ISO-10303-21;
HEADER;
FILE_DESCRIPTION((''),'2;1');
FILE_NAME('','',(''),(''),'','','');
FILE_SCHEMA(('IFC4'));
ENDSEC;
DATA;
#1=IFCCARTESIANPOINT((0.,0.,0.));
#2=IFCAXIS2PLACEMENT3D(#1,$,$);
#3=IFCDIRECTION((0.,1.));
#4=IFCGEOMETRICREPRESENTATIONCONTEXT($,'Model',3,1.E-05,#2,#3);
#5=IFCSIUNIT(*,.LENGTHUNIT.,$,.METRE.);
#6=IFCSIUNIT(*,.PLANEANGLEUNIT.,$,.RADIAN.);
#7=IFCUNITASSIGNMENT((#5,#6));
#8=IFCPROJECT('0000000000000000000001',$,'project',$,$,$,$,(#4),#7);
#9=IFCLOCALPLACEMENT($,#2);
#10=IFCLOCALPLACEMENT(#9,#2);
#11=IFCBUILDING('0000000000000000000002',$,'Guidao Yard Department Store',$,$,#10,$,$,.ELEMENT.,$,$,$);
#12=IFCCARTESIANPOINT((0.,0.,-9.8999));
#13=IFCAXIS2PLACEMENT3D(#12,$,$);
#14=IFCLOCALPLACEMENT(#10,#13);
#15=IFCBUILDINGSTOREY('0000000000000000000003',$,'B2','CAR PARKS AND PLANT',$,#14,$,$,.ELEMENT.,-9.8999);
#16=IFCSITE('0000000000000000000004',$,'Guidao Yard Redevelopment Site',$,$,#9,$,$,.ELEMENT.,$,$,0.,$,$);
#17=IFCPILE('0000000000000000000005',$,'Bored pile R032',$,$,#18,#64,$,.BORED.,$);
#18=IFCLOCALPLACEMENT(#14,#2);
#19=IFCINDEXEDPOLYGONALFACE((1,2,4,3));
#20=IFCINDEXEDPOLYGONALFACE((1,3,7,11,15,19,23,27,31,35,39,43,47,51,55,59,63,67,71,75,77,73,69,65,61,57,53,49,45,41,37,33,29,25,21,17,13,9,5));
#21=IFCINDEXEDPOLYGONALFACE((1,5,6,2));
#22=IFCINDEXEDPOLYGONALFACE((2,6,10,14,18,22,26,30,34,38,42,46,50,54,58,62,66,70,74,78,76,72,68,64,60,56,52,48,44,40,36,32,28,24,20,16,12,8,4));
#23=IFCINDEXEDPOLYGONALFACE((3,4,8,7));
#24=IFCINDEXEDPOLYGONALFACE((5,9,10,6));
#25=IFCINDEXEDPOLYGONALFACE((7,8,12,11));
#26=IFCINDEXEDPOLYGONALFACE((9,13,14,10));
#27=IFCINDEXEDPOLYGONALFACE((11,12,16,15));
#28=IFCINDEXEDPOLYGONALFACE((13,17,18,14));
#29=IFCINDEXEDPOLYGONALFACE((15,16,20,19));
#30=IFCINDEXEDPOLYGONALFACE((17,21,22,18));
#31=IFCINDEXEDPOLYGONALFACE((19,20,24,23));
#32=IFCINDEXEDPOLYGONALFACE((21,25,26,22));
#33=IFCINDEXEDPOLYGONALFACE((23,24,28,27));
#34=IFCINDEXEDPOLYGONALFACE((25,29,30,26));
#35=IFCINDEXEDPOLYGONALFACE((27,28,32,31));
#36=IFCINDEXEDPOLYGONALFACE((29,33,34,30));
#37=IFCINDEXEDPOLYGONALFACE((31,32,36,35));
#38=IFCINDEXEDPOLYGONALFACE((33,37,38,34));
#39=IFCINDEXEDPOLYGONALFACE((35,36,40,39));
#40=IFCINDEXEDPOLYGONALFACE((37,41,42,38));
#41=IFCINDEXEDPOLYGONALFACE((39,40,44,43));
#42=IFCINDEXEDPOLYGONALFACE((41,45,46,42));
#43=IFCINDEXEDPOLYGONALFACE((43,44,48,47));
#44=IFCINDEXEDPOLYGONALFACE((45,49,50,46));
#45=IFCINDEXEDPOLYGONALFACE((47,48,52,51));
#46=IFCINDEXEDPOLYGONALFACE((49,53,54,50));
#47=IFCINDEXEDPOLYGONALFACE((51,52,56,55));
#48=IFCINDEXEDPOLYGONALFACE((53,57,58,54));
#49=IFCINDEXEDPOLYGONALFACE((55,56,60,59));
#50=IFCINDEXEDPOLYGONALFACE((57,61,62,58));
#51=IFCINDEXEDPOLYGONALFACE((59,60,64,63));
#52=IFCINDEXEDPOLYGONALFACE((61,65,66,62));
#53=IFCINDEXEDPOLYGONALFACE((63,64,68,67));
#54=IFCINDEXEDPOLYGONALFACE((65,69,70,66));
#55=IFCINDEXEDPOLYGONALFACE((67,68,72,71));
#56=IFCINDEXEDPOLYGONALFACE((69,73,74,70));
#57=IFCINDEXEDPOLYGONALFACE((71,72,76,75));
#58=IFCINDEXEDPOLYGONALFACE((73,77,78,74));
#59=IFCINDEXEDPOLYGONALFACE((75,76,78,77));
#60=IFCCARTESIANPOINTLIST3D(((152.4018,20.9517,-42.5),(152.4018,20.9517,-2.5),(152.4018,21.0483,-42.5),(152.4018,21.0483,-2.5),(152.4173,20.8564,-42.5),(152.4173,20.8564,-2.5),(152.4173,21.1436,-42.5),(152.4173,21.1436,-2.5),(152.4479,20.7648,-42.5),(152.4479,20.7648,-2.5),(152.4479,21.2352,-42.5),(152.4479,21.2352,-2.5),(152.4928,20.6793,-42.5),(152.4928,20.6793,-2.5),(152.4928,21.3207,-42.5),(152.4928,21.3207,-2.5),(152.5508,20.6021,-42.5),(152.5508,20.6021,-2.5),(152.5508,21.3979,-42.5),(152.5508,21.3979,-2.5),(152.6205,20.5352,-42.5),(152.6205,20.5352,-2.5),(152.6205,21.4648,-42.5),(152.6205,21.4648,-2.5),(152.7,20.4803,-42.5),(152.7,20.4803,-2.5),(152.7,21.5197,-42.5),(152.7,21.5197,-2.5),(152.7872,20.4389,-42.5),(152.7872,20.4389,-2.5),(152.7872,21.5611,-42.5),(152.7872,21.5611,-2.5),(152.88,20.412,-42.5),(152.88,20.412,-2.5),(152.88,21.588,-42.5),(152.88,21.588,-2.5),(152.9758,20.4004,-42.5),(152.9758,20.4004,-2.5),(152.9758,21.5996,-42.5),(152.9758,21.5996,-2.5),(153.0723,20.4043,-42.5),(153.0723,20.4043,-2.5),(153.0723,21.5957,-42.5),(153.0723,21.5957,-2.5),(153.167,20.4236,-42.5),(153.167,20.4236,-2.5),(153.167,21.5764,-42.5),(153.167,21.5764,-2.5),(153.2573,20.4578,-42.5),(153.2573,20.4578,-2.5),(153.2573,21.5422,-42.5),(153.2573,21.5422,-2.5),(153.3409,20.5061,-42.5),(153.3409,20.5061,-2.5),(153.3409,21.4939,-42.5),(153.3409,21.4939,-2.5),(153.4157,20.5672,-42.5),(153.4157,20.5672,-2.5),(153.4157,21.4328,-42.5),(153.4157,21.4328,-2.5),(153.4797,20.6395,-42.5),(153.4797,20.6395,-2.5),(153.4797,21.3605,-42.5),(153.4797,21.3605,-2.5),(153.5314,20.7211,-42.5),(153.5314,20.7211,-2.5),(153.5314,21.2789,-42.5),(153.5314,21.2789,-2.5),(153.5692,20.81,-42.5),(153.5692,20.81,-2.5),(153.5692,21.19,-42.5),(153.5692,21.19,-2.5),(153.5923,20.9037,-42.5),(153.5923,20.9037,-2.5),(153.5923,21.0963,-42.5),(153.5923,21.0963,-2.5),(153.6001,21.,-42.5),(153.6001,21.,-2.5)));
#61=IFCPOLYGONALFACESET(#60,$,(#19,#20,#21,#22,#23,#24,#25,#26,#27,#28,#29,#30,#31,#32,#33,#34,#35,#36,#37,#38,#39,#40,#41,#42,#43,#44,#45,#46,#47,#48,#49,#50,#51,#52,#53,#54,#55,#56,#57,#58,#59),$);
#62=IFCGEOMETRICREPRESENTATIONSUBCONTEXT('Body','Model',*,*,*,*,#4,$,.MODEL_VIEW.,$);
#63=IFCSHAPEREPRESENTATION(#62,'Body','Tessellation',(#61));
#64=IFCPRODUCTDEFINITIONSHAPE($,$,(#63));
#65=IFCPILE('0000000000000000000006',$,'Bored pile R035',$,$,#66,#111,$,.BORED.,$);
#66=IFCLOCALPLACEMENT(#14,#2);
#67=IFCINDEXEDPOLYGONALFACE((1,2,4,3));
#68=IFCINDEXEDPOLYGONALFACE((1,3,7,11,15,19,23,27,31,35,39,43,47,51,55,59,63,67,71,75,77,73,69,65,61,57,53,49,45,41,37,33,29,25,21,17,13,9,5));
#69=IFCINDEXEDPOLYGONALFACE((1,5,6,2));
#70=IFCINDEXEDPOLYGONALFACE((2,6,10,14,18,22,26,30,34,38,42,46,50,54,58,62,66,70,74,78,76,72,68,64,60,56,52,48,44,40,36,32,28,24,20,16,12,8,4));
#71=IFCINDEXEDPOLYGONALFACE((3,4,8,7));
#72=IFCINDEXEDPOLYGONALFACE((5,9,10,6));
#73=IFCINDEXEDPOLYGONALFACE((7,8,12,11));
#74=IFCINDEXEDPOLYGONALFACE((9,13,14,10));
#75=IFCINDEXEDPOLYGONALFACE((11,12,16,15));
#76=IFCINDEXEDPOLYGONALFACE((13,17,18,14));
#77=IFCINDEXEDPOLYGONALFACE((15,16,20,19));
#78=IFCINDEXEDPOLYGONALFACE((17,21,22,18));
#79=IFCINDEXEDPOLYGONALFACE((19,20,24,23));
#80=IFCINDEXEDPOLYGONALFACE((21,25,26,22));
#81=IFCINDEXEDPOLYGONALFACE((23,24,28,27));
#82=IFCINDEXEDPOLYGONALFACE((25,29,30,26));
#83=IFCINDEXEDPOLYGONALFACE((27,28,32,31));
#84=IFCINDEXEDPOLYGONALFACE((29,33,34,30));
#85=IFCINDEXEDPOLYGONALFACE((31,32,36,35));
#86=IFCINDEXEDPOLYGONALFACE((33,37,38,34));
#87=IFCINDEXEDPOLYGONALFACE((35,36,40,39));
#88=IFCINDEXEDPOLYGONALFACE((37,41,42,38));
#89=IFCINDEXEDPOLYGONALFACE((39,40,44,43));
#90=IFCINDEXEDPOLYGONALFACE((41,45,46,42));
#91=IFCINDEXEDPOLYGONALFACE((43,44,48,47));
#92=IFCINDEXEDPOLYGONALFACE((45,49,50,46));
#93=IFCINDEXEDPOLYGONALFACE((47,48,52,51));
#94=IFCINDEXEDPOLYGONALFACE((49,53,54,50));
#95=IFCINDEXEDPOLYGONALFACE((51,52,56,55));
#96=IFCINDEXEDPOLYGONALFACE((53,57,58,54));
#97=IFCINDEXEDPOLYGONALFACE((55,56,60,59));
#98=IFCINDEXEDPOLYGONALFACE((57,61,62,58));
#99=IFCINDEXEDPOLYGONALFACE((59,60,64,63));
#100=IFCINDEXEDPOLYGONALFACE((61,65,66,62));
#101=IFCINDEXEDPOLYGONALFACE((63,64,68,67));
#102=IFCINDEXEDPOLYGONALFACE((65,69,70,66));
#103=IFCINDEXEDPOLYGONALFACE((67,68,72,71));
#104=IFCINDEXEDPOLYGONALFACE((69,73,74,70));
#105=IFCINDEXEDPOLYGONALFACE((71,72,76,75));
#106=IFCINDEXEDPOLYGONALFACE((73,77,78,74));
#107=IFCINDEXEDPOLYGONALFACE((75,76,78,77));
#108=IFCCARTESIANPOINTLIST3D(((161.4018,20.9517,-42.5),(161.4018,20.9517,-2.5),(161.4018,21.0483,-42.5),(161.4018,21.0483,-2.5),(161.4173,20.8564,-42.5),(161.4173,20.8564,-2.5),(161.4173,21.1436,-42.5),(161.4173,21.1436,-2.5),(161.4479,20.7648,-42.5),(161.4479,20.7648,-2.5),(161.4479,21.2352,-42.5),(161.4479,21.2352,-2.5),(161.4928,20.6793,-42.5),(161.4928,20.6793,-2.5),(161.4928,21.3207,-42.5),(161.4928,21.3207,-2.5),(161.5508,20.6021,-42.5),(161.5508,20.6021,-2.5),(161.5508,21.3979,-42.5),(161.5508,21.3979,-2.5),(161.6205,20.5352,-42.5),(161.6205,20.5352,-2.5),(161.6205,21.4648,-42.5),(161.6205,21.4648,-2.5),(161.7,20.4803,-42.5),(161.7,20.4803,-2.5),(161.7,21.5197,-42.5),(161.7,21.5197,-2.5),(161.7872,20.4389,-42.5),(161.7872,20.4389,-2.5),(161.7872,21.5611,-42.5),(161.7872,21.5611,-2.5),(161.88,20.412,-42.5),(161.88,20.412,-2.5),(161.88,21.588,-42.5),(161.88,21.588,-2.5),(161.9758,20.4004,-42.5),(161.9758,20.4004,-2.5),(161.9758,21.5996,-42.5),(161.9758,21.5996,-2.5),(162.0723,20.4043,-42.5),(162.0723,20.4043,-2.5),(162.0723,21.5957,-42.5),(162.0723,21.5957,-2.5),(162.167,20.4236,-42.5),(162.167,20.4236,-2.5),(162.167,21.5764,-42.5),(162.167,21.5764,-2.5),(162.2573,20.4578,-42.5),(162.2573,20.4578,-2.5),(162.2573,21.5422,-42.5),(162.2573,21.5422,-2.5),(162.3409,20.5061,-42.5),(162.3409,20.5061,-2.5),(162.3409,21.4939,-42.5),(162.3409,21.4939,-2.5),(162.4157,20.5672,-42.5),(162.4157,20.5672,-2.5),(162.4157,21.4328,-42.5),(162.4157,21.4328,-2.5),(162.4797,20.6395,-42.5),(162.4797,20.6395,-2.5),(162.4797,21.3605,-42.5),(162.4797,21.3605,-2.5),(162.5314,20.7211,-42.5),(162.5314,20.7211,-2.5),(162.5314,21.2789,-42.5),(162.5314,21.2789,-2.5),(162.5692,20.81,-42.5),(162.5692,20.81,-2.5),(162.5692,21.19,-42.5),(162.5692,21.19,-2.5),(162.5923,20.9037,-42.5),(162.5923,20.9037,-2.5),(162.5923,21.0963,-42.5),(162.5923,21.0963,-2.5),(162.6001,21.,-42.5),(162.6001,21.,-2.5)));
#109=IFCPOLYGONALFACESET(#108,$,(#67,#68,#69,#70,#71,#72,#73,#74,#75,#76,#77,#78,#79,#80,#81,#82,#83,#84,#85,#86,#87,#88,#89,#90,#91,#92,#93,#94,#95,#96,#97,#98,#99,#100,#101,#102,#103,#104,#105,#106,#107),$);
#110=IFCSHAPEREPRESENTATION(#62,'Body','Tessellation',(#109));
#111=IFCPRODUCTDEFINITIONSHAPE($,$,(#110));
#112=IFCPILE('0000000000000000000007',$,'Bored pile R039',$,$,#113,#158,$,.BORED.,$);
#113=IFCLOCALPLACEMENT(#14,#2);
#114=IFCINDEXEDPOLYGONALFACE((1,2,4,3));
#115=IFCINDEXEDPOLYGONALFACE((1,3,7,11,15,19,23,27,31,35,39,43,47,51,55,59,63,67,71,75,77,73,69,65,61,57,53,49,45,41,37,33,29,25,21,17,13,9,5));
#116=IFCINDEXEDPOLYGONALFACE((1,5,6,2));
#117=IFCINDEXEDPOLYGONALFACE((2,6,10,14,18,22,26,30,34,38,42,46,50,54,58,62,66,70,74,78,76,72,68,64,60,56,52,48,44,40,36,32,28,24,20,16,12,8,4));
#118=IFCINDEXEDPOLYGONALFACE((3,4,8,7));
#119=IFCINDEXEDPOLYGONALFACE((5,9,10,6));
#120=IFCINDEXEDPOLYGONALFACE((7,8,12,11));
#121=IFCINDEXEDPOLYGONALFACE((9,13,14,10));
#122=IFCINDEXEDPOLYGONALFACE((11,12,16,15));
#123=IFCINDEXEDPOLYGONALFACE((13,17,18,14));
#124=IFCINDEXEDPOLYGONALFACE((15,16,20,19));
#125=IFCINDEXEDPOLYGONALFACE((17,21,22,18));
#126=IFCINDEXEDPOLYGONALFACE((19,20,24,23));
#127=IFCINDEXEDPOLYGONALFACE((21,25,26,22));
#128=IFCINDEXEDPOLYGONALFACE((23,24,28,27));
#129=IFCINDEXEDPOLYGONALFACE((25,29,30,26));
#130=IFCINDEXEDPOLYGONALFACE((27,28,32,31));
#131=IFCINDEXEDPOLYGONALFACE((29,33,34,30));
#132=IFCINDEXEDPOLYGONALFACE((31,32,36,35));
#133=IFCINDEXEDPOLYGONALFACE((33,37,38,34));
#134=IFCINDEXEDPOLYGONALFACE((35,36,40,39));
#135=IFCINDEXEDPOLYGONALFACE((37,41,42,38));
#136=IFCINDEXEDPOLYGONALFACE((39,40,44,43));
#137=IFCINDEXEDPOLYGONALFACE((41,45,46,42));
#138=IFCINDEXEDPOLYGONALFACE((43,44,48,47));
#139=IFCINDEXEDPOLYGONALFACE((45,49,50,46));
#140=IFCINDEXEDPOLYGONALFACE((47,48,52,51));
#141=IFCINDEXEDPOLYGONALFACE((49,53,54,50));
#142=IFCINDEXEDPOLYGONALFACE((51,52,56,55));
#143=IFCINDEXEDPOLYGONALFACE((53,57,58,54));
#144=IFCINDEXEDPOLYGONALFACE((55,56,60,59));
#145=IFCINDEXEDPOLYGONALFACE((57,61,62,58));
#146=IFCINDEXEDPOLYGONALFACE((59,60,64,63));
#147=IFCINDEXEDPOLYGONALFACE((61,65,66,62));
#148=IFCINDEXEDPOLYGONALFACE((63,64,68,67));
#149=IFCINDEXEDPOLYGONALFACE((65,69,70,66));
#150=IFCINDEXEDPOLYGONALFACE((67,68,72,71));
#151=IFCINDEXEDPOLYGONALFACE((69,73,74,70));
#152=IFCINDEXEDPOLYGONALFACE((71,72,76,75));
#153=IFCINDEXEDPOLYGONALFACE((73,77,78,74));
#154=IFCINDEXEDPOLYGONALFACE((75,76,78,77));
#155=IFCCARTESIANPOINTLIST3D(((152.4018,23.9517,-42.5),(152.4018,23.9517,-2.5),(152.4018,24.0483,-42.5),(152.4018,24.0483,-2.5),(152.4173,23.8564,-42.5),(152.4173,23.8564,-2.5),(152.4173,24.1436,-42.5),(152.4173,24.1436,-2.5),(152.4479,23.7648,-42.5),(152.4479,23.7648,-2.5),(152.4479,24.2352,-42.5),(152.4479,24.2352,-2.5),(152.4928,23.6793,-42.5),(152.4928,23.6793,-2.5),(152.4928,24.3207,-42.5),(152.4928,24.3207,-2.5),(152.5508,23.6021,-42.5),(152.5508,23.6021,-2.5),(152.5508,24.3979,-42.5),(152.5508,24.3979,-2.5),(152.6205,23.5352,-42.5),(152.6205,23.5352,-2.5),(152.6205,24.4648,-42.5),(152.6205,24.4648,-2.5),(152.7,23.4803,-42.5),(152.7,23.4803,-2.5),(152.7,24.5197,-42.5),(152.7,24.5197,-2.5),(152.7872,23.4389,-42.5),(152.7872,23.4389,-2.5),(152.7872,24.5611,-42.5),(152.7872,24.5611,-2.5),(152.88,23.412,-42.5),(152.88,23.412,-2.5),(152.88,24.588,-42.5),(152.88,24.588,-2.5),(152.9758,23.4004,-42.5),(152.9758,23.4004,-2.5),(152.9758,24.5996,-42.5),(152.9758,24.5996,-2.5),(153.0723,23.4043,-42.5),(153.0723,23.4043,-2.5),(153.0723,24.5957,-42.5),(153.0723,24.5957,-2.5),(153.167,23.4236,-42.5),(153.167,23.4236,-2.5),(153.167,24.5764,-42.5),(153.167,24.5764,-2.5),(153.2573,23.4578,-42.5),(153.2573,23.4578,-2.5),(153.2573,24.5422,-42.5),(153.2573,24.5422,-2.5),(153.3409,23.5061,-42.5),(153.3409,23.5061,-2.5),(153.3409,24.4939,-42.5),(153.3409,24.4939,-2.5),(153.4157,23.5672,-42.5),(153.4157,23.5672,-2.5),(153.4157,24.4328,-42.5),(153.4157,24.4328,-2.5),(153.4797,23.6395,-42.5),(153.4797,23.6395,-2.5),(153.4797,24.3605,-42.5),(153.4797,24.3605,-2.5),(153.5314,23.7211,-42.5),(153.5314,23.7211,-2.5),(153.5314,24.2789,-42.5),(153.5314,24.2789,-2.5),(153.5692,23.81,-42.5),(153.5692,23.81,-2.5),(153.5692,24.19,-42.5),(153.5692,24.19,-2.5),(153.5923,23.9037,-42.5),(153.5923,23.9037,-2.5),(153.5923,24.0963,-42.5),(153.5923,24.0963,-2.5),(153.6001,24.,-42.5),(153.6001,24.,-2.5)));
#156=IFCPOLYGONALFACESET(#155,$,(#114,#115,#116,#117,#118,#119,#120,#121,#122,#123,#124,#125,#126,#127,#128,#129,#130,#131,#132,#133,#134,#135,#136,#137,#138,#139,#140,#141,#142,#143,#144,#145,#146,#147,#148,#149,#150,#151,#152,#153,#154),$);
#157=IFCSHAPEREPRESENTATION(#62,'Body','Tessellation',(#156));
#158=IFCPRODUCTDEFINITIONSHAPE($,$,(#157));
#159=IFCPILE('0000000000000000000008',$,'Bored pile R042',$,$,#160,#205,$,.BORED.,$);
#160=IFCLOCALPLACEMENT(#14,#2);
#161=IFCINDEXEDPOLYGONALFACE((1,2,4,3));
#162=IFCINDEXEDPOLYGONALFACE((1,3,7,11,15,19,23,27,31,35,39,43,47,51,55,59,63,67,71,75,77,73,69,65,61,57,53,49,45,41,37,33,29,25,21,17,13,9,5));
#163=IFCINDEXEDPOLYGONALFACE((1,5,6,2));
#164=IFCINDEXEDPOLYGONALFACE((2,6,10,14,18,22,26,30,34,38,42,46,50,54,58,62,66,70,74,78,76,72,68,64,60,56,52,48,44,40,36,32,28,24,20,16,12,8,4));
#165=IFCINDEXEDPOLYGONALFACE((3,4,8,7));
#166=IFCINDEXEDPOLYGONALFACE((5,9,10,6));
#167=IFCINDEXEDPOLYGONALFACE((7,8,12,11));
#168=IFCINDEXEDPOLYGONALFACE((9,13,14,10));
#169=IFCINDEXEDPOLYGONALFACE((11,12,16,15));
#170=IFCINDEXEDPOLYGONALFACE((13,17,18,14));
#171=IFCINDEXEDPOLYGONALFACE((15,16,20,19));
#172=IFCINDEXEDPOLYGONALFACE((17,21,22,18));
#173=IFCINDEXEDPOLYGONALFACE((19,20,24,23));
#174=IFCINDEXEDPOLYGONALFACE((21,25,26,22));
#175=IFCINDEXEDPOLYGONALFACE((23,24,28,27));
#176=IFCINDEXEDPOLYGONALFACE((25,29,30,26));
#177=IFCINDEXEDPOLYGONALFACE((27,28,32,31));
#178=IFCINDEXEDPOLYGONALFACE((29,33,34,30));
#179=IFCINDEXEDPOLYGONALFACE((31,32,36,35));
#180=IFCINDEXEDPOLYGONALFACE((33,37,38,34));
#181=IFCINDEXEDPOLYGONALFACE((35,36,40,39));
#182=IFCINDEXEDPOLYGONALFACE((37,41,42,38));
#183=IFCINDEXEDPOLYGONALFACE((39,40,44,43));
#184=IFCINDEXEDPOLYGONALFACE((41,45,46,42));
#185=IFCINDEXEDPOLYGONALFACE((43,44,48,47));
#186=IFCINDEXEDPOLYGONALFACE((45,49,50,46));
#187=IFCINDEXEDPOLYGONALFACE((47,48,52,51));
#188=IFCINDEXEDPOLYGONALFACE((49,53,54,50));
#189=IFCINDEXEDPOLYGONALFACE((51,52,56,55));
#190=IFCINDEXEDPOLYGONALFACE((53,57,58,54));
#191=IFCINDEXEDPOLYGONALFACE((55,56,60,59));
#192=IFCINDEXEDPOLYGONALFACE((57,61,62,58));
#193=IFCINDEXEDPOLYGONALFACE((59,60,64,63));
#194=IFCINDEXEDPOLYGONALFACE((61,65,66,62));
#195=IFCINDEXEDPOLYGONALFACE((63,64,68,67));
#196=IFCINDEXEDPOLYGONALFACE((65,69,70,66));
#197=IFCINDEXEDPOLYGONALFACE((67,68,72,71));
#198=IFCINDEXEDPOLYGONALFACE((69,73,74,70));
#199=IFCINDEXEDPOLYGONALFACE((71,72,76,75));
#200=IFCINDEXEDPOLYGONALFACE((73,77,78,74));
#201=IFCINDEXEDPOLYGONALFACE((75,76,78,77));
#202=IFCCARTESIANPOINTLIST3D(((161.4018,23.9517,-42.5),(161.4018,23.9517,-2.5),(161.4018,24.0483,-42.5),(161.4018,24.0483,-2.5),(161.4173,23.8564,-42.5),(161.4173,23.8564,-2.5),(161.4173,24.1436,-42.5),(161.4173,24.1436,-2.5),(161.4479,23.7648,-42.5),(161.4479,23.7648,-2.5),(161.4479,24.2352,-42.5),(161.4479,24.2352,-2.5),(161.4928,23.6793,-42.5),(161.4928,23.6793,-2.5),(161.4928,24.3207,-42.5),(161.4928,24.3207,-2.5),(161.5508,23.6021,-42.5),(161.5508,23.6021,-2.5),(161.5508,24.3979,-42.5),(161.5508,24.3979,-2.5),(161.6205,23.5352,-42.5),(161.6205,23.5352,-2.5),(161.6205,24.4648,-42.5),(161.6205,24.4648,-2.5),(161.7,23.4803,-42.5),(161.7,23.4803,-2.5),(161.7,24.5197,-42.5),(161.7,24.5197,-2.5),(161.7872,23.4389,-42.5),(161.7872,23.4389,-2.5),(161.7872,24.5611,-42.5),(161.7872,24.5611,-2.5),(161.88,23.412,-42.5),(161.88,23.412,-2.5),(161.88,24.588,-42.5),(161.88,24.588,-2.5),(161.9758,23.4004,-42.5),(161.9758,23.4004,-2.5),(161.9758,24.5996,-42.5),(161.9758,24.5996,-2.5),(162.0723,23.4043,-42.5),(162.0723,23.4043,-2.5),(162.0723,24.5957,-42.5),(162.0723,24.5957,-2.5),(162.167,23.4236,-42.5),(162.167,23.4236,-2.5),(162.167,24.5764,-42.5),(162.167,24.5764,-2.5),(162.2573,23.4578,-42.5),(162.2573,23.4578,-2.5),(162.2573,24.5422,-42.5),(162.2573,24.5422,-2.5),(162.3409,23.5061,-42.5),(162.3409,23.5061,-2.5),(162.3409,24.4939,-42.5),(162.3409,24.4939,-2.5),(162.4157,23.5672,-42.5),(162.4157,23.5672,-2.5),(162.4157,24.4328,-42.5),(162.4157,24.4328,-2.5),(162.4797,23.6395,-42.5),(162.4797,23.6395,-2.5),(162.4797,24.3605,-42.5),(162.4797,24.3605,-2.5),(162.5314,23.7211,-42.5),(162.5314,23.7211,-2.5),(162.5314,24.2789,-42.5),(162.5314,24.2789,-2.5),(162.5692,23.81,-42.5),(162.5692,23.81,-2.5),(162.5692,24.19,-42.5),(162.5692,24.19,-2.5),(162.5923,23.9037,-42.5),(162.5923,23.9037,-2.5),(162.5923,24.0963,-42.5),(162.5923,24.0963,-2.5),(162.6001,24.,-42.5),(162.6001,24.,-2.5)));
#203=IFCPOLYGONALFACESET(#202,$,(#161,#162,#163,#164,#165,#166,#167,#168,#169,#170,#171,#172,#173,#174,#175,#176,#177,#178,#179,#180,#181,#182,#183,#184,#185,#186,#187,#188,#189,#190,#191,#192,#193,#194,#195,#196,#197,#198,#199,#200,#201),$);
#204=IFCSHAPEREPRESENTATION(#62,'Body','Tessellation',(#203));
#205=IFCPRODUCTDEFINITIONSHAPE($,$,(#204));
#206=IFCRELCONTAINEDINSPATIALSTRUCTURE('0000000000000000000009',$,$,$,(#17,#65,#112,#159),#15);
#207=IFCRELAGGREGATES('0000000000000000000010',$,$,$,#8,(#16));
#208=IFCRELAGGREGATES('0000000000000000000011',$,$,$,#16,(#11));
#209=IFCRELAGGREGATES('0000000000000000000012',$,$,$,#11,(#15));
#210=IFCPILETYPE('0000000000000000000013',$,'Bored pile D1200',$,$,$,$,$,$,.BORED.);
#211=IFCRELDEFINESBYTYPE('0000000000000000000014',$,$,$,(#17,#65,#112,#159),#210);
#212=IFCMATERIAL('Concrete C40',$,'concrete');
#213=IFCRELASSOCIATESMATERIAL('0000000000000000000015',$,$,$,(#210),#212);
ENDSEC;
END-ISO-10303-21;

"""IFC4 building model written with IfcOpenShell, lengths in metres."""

from ifc_helpers import new_model, si_unit, direction, frame, origin, origin_2d, place, context, subcontext, project, spatial, circle, extrude, material, material_profile, profile_set, type_object, element, save


model = new_model("IFC4")

# Units and contexts
model_context = context("Model", 3, precision=1e-05, world=origin(), true_north=direction((0.0, 1.0)))
body_context = subcontext(model_context, "Body", "Model", "MODEL_VIEW")
ifc_project = project(units=[si_unit("LENGTHUNIT", "METRE"), si_unit("PLANEANGLEUNIT", "RADIAN")], contexts=[model_context])

# Site, building, storey
site_placement = place(None, origin())
site = spatial("IfcSite", under=ifc_project, at=site_placement, Name="Guidao Yard Redevelopment Site", CompositionType="ELEMENT", RefElevation=0.0)
building_placement = place(site_placement, origin())
building = spatial("IfcBuilding", under=site, at=building_placement, Name="Guidao Yard Department Store", CompositionType="ELEMENT")
storey_placement = place(building_placement, frame((0.0, 0.0, -9.8999)))
storey = spatial("IfcBuildingStorey", under=building, at=storey_placement, Name="B2", Description="CAR PARKS AND PLANT", CompositionType="ELEMENT", Elevation=-9.8999)

# Piles
ifc_material_1 = material(Name="Concrete C40", Category="concrete")
ifc_material_profile_1 = material_profile(ifc_material_1, circle(Radius=0.6001, at=origin_2d()), Name="Bored pile D1200")
ifc_profile_set_1 = profile_set([ifc_material_profile_1], Name="Concrete C40")
pile_type = type_object("IfcPileType", Name="Bored pile D1200", PredefinedType="BORED", material=ifc_profile_set_1)
for number, where, z_axis, x_axis, name in (
    (1, (153.0, 21.0, -2.5), (0.0, 0.0, -1.0), (1.0, 0.0, 0.0), "Bored pile R032"),
    (2, (162.0, 21.0, -2.5), (0.0, 0.0, -1.0), (1.0, 0.0, 0.0), "Bored pile R035"),
    (3, (153.0, 24.0, -2.5), (0.0, 0.0, -1.0), (1.0, 0.0, 0.0), "Bored pile R039"),
    (4, (162.0, 24.0, -2.5), (0.0, 0.0, -1.0), (1.0, 0.0, 0.0), "Bored pile R042"),
):
    element("IfcPile", number, at=place(storey_placement, frame(where, z_axis=z_axis, x_axis=x_axis)), inside=storey, type_object=pile_type, Name=name, PredefinedType="BORED", context=body_context, shape_type="SweptSolid", body=[
        extrude(circle(Radius=0.6001, at=origin_2d()), origin(), (0.0, 0.0, 1.0), 40.0),
    ])

save(model, "model.ifc")
